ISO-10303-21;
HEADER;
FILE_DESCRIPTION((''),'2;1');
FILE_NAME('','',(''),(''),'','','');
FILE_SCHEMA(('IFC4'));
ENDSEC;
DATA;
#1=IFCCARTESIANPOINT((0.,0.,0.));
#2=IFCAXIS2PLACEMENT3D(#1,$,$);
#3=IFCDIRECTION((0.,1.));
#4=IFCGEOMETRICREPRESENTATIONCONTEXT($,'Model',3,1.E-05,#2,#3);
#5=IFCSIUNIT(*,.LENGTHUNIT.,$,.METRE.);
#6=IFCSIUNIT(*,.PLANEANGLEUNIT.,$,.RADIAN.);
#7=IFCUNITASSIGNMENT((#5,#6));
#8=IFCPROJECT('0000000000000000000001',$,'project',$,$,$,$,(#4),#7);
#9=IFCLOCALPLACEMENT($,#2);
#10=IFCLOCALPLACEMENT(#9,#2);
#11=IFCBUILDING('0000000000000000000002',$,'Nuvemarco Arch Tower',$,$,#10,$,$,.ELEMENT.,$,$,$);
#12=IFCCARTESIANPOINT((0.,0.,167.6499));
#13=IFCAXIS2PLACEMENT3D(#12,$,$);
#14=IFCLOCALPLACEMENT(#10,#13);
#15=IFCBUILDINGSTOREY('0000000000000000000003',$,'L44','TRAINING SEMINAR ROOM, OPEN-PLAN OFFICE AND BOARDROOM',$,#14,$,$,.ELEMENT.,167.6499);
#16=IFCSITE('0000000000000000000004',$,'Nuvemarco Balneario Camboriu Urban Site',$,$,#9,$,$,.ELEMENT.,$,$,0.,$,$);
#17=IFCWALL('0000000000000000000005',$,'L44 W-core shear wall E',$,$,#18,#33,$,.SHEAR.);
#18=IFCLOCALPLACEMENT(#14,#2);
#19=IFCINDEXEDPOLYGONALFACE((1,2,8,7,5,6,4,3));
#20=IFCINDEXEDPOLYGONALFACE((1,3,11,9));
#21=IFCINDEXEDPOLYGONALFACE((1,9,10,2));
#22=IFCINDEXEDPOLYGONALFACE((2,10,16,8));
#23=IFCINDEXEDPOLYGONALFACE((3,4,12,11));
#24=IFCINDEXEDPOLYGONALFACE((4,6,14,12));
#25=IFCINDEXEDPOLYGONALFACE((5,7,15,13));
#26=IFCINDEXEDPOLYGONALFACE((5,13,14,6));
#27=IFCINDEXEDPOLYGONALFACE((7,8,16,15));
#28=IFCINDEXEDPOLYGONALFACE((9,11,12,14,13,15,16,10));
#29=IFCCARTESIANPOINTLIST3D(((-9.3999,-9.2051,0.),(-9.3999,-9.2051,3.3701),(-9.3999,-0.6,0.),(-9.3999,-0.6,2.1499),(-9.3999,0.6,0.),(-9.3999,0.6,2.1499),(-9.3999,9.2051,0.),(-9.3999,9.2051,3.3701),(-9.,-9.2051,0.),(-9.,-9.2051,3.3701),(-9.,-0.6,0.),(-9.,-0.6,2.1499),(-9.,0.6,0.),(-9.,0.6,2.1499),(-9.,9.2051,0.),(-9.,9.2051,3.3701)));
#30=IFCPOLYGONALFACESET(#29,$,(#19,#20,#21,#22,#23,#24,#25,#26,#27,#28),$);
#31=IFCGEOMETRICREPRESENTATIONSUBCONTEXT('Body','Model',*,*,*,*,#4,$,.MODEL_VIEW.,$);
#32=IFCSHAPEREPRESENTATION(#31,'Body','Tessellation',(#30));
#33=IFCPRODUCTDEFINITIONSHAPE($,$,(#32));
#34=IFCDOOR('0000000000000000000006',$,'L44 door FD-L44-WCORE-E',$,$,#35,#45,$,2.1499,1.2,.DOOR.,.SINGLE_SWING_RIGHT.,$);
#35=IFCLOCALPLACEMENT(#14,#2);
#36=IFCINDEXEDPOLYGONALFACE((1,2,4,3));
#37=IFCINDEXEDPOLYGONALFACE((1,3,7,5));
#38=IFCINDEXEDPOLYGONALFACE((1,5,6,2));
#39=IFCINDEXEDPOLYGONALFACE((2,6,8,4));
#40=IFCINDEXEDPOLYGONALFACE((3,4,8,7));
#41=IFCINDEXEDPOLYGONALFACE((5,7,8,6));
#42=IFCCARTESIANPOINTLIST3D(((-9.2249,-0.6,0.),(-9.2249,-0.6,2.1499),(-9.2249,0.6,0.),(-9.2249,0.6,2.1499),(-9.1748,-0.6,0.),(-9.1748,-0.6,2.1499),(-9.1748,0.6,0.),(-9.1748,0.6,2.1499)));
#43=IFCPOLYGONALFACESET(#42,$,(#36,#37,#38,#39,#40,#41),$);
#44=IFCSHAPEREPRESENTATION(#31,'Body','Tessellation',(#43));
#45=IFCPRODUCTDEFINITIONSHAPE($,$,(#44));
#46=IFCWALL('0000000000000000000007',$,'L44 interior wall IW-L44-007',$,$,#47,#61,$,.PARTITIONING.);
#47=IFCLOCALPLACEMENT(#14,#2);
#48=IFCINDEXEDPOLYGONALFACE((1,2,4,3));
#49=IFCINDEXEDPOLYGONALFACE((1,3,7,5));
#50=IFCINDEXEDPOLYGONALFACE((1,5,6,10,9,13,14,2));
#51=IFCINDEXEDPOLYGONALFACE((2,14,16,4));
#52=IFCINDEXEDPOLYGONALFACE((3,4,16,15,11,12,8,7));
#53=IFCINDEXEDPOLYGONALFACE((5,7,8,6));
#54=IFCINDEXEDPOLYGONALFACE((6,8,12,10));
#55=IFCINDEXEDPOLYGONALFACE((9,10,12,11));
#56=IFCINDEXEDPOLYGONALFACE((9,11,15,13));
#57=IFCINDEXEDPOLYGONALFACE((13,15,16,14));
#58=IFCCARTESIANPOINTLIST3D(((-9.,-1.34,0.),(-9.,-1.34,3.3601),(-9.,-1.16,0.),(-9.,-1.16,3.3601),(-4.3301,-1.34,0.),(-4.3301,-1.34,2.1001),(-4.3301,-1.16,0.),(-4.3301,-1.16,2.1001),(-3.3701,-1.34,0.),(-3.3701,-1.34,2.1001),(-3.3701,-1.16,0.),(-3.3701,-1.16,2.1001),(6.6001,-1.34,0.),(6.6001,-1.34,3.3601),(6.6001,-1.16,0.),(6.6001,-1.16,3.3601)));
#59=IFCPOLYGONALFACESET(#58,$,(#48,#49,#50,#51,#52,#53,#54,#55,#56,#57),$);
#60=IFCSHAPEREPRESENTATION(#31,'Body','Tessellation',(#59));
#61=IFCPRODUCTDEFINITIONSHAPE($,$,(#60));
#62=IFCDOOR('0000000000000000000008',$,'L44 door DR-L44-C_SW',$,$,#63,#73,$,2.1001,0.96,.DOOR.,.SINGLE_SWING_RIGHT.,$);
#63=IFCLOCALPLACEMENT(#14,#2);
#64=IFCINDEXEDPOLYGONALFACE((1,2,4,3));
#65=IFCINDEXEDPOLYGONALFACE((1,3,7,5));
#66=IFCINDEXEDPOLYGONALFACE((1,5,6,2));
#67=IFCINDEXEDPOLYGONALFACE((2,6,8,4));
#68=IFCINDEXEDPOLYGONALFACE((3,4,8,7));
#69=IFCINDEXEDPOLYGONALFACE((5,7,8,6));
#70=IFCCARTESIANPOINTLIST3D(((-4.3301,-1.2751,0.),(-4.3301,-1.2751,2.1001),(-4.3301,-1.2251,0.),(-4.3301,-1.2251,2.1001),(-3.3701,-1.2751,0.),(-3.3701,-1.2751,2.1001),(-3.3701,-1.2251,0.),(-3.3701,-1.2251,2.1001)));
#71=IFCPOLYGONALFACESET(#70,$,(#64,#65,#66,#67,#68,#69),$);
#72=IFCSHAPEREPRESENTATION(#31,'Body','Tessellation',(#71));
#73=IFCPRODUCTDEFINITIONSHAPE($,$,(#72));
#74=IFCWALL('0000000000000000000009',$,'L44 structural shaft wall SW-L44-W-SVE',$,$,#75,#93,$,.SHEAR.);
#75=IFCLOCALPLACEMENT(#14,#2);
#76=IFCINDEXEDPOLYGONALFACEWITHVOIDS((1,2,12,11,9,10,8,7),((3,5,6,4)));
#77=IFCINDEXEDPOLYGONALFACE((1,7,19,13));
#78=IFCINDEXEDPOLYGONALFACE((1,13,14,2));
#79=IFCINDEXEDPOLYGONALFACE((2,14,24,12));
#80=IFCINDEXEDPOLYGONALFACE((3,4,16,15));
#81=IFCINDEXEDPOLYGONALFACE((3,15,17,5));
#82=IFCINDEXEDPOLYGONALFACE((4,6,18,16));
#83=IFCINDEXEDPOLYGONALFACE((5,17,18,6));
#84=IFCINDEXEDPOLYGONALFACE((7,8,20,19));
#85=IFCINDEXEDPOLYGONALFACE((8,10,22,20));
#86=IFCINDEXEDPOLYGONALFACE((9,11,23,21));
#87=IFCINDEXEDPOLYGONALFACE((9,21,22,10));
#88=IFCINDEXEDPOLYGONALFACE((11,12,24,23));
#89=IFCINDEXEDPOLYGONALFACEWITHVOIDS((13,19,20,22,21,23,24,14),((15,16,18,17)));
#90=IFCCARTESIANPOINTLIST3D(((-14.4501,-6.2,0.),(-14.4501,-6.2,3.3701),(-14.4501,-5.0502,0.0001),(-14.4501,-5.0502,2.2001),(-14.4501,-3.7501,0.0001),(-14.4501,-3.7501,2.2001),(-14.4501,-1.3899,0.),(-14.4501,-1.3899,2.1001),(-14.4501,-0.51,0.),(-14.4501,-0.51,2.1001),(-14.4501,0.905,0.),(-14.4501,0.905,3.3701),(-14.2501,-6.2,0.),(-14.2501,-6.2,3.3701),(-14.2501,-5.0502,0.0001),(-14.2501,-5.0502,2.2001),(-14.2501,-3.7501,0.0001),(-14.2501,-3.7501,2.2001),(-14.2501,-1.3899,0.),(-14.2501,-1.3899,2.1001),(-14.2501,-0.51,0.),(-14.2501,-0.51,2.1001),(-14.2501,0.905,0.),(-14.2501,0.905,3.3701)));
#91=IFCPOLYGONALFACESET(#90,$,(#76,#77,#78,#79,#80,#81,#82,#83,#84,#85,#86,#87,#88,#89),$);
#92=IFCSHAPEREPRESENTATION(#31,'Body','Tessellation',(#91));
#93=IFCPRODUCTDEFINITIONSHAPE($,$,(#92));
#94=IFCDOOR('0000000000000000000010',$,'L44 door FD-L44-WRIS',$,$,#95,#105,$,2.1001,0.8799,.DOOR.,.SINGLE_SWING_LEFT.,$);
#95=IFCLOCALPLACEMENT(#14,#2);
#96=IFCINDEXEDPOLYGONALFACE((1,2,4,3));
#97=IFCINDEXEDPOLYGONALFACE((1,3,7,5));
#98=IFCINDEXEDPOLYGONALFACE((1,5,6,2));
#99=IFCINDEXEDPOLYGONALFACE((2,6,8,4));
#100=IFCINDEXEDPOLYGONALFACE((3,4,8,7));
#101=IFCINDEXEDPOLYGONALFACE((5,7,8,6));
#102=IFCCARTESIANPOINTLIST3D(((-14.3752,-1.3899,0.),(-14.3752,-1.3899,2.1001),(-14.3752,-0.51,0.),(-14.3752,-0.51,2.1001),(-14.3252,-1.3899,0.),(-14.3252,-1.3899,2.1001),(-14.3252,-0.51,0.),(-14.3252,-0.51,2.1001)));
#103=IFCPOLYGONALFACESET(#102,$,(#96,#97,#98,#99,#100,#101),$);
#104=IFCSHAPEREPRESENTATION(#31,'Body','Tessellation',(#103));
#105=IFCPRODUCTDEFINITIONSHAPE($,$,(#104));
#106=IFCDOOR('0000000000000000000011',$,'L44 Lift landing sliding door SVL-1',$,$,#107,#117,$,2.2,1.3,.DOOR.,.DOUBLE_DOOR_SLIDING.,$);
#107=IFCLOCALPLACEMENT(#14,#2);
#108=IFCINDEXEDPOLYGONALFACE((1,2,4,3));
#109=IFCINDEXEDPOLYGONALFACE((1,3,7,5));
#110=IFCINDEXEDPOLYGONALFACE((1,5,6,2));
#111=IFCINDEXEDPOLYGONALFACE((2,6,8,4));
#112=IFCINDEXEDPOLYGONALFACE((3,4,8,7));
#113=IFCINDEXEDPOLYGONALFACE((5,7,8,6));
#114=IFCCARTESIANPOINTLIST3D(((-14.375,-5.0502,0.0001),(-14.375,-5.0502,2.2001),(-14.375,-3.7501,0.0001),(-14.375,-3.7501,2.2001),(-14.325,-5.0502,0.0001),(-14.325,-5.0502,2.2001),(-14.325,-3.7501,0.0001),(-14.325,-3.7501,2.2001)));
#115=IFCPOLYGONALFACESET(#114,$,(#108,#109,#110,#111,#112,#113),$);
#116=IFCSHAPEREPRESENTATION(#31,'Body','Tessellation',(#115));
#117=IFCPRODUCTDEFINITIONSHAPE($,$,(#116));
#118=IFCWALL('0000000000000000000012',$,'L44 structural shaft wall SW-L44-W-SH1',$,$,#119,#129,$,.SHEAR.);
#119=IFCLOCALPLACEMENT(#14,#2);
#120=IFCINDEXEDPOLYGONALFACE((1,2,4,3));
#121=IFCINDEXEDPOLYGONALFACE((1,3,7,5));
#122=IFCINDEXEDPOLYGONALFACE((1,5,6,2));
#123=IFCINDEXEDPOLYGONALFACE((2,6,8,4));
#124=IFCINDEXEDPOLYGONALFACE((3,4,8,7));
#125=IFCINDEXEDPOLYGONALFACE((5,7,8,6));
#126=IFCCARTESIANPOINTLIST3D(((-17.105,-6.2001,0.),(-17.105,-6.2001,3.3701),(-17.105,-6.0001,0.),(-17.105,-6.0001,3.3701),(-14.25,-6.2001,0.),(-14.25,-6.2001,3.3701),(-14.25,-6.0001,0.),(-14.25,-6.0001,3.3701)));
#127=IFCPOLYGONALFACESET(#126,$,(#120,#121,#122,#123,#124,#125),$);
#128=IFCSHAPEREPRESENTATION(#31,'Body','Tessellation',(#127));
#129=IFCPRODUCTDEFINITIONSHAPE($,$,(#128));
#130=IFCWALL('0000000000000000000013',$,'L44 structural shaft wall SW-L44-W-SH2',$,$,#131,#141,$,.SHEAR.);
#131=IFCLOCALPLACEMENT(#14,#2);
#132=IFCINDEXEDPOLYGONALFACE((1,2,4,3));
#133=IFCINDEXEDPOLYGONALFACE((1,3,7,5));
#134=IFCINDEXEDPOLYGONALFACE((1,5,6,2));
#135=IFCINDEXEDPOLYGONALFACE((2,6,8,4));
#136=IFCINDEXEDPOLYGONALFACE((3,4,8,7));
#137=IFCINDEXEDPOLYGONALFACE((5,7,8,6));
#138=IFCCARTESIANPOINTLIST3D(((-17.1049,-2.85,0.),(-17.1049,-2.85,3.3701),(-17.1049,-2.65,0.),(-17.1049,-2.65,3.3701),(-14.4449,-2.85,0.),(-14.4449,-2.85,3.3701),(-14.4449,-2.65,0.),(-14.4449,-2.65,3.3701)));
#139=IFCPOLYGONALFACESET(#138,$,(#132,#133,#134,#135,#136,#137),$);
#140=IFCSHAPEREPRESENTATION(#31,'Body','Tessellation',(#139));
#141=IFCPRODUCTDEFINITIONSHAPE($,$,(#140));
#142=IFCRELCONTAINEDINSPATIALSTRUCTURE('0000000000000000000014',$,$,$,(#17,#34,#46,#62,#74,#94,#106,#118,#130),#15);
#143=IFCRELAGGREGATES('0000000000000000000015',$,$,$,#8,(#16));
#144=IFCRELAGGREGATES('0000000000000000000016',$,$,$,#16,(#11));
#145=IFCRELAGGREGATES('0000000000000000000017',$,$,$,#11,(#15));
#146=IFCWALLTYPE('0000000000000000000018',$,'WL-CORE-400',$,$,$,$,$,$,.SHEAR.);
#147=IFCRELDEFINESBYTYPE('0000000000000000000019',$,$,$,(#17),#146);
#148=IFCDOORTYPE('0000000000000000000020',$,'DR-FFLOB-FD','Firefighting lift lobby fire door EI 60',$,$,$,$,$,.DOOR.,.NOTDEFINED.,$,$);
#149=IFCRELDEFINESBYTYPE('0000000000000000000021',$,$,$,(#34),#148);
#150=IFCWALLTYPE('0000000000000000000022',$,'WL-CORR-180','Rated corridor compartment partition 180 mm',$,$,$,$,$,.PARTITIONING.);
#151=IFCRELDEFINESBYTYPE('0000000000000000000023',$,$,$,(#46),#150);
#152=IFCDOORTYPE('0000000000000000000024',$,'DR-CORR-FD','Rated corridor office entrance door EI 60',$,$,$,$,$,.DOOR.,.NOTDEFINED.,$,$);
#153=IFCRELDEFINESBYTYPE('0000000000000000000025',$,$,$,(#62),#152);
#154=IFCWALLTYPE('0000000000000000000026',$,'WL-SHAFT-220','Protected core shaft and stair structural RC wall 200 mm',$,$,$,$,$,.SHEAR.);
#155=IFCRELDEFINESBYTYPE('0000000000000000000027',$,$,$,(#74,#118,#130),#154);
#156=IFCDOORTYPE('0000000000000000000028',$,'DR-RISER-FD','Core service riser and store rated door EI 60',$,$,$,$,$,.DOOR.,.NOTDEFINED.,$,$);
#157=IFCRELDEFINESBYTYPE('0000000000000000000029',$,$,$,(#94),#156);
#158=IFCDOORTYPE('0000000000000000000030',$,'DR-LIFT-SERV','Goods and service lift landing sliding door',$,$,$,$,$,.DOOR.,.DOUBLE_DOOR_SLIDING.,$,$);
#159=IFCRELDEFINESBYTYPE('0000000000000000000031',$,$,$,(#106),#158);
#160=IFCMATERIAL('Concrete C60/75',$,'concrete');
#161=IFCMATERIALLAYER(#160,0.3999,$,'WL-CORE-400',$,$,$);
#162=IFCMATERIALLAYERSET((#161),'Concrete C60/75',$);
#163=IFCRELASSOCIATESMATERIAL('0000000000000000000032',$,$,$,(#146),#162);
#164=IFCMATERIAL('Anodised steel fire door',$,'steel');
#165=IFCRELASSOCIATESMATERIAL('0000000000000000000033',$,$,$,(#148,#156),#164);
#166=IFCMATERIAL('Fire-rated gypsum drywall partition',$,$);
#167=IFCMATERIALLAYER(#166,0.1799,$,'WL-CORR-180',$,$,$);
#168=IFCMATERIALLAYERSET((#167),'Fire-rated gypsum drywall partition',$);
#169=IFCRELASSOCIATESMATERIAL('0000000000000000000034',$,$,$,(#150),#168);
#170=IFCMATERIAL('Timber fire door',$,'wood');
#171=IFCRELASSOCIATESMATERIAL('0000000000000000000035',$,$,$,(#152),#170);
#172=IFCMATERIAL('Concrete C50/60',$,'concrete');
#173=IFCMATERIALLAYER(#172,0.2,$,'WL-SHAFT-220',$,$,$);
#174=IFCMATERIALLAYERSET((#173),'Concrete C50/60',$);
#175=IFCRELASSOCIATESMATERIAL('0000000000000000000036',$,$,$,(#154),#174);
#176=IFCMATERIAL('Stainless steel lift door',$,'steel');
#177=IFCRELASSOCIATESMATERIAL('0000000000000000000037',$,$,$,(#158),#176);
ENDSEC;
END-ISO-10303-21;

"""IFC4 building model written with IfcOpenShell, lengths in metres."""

from ifc_helpers import new_model, si_unit, direction, frame, frame_2d, origin, place, context, subcontext, project, spatial, rectangle, extrude, source, transform, mapped, material, layer, layer_set, type_object, type_shapes, element, fill, save


model = new_model("IFC4")

# Units and contexts
model_context = context("Model", 3, precision=1e-05, world=origin(), true_north=direction((0.0, 1.0)))
body_context = subcontext(model_context, "Body", "Model", "MODEL_VIEW")
ifc_project = project(units=[si_unit("LENGTHUNIT", "METRE"), si_unit("PLANEANGLEUNIT", "RADIAN")], contexts=[model_context])

# Site, building, storey
site_placement = place(None, origin())
site = spatial("IfcSite", under=ifc_project, at=site_placement, Name="Nuvemarco Balneario Camboriu Urban Site", CompositionType="ELEMENT", RefElevation=0.0)
building_placement = place(site_placement, origin())
building = spatial("IfcBuilding", under=site, at=building_placement, Name="Nuvemarco Arch Tower", CompositionType="ELEMENT")
storey_placement = place(building_placement, frame((0.0, 0.0, 167.6499)))
storey = spatial("IfcBuildingStorey", under=building, at=storey_placement, Name="L44", Description="TRAINING SEMINAR ROOM, OPEN-PLAN OFFICE AND BOARDROOM", CompositionType="ELEMENT", Elevation=167.6499)

# Shared definitions
ifc_material_1 = material(Name="Concrete C50/60", Category="concrete")

# Shared definitions
ifc_material_2 = material(Name="Concrete C60/75", Category="concrete")

# Walls, openings, doors
ifc_layer_1 = layer(ifc_material_2, 0.3999, Name="WL-CORE-400")
ifc_layer_set_1 = layer_set([ifc_layer_1], Name="Concrete C60/75")
wall_type_1 = type_object("IfcWallType", Name="WL-CORE-400", PredefinedType="SHEAR", material=ifc_layer_set_1)
wall_1_placement = place(storey_placement, frame((-9.2, -9.2051, 0.0), z_axis=(0.0, 0.0, 1.0), x_axis=(0.0, 1.0, 0.0)))
wall_1 = element("IfcWall", 1, at=wall_1_placement, inside=storey, type_object=wall_type_1, Name="L44 W-core shear wall E", PredefinedType="SHEAR", context=body_context, shape_type="SweptSolid", body=[
    extrude(rectangle(XDim=18.4102, YDim=0.3999, at=frame_2d((9.2051, 0.0))), origin(), (0.0, 0.0, 1.0), 3.3701),
])
opening_1_placement = place(wall_1_placement, frame((8.605, 0.0, 0.0)))
opening_1 = element("IfcOpeningElement", 2, at=opening_1_placement, cuts=wall_1, PredefinedType="OPENING", context=body_context, shape_type="SweptSolid", body=[
    extrude(rectangle(XDim=1.2, YDim=2.1499, at=frame_2d((0.6001, 1.075))), frame((0.0, 0.21, 0.0), z_axis=(0.0, -1.0, 0.0), x_axis=(1.0, 0.0, 0.0)), (0.0, 0.0, 1.0), 0.4199),
])
ifc_material_3 = material(Name="Anodised steel fire door", Category="steel")
door_type_1 = type_object("IfcDoorType", Name="DR-FFLOB-FD", Description="Firefighting lift lobby fire door EI 60", OperationType="NOTDEFINED", PredefinedType="DOOR", material=ifc_material_3)
shared_shape_1 = source(origin(), body_context, "Body", "SweptSolid", [
    extrude(rectangle(XDim=1.2, YDim=2.1499, at=frame_2d((0.6001, 1.075))), frame((0.0, 0.0249, 0.0), z_axis=(0.0, -1.0, 0.0), x_axis=(1.0, 0.0, 0.0)), (0.0, 0.0, 1.0), 0.05),
])
type_shapes(door_type_1, [shared_shape_1])
door_1_placement = place(opening_1_placement, origin())
door_1 = element("IfcDoor", 3, at=door_1_placement, inside=storey, type_object=door_type_1, Name="L44 door FD-L44-WCORE-E", OperationType="SINGLE_SWING_RIGHT", OverallHeight=2.1499, OverallWidth=1.2, PredefinedType="DOOR", context=body_context, shape_type="MappedRepresentation", body=[
    mapped(shared_shape_1, transform((0.0, 0.0, 0.0), scale=1.0)),
])
fill(opening_1, door_1)
ifc_material_4 = material(Name="Fire-rated gypsum drywall partition")
ifc_layer_2 = layer(ifc_material_4, 0.1799, Name="WL-CORR-180")
ifc_layer_set_2 = layer_set([ifc_layer_2], Name="Fire-rated gypsum drywall partition")
wall_type_2 = type_object("IfcWallType", Name="WL-CORR-180", Description="Rated corridor compartment partition 180 mm", PredefinedType="PARTITIONING", material=ifc_layer_set_2)
wall_2_placement = place(storey_placement, frame((-9.0, -1.25, 0.0), z_axis=(0.0, 0.0, 1.0), x_axis=(1.0, 0.0, 0.0)))
wall_2 = element("IfcWall", 4, at=wall_2_placement, inside=storey, type_object=wall_type_2, Name="L44 interior wall IW-L44-007", PredefinedType="PARTITIONING", context=body_context, shape_type="SweptSolid", body=[
    extrude(rectangle(XDim=15.6001, YDim=0.1799, at=frame_2d((7.8, 0.0))), origin(), (0.0, 0.0, 1.0), 3.3601),
])
opening_2_placement = place(wall_2_placement, frame((4.6699, 0.0, 0.0)))
opening_2 = element("IfcOpeningElement", 5, at=opening_2_placement, cuts=wall_2, PredefinedType="OPENING", context=body_context, shape_type="SweptSolid", body=[
    extrude(rectangle(XDim=0.96, YDim=2.1001, at=frame_2d((0.48, 1.05))), frame((0.0, 0.0999, 0.0), z_axis=(0.0, -1.0, 0.0), x_axis=(1.0, 0.0, 0.0)), (0.0, 0.0, 1.0), 0.2),
])
ifc_material_5 = material(Name="Timber fire door", Category="wood")
door_type_2 = type_object("IfcDoorType", Name="DR-CORR-FD", Description="Rated corridor office entrance door EI 60", OperationType="NOTDEFINED", PredefinedType="DOOR", material=ifc_material_5)
shared_shape_2 = source(origin(), body_context, "Body", "SweptSolid", [
    extrude(rectangle(XDim=0.96, YDim=2.1001, at=frame_2d((0.48, 1.05))), frame((0.0, 0.0249, 0.0), z_axis=(0.0, -1.0, 0.0), x_axis=(1.0, 0.0, 0.0)), (0.0, 0.0, 1.0), 0.05),
])
type_shapes(door_type_2, [shared_shape_2])
door_2_placement = place(opening_2_placement, origin())
door_2 = element("IfcDoor", 6, at=door_2_placement, inside=storey, type_object=door_type_2, Name="L44 door DR-L44-C_SW", OperationType="SINGLE_SWING_RIGHT", OverallHeight=2.1001, OverallWidth=0.96, PredefinedType="DOOR", context=body_context, shape_type="MappedRepresentation", body=[
    mapped(shared_shape_2, transform((0.0, 0.0, 0.0), scale=1.0)),
])
fill(opening_2, door_2)
ifc_layer_3 = layer(ifc_material_1, 0.2, Name="WL-SHAFT-220")
ifc_layer_set_3 = layer_set([ifc_layer_3], Name="Concrete C50/60")
wall_type_3 = type_object("IfcWallType", Name="WL-SHAFT-220", Description="Protected core shaft and stair structural RC wall 200 mm", PredefinedType="SHEAR", material=ifc_layer_set_3)
ifc_material_6 = material(Name="Stainless steel lift door", Category="steel")

# Wall, openings, doors
wall_3_placement = place(storey_placement, frame((-14.3501, -6.2, 0.0), z_axis=(0.0, 0.0, 1.0), x_axis=(0.0, 1.0, 0.0)))
wall_3 = element("IfcWall", 7, at=wall_3_placement, inside=storey, type_object=wall_type_3, Name="L44 structural shaft wall SW-L44-W-SVE", PredefinedType="SHEAR", context=body_context, shape_type="SweptSolid", body=[
    extrude(rectangle(XDim=7.105, YDim=0.2, at=frame_2d((3.5525, 0.0))), origin(), (0.0, 0.0, 1.0), 3.3701),
])
opening_3_placement = place(wall_3_placement, frame((5.6899, 0.0, 0.0), z_axis=(0.0, 0.0, 1.0), x_axis=(-1.0, 0.0, 0.0)))
opening_3 = element("IfcOpeningElement", 8, at=opening_3_placement, cuts=wall_3, PredefinedType="OPENING", context=body_context, shape_type="SweptSolid", body=[
    extrude(rectangle(XDim=0.8799, YDim=2.1001, at=frame_2d((0.4399, 1.05))), frame((0.0, 0.1099, 0.0), z_axis=(0.0, -1.0, 0.0), x_axis=(1.0, 0.0, 0.0)), (0.0, 0.0, 1.0), 0.22),
])
opening_4_placement = place(wall_3_placement, frame((1.1499, 0.0, 0.0)))
opening_4 = element("IfcOpeningElement", 9, at=opening_4_placement, cuts=wall_3, PredefinedType="OPENING", context=body_context, shape_type="SweptSolid", body=[
    extrude(rectangle(XDim=1.3, YDim=2.2, at=frame_2d((0.6499, 1.1001))), frame((0.0, 0.1099, 0.0), z_axis=(0.0, -1.0, 0.0), x_axis=(1.0, 0.0, 0.0)), (0.0, 0.0, 1.0), 0.22),
])
door_type_3 = type_object("IfcDoorType", Name="DR-RISER-FD", Description="Core service riser and store rated door EI 60", OperationType="NOTDEFINED", PredefinedType="DOOR", material=ifc_material_3)
shared_shape_3 = source(origin(), body_context, "Body", "SweptSolid", [
    extrude(rectangle(XDim=0.8799, YDim=2.1001, at=frame_2d((0.4399, 1.05))), frame((0.0, 0.0249, 0.0), z_axis=(0.0, -1.0, 0.0), x_axis=(1.0, 0.0, 0.0)), (0.0, 0.0, 1.0), 0.05),
])
type_shapes(door_type_3, [shared_shape_3])
door_3_placement = place(opening_3_placement, origin())
door_3 = element("IfcDoor", 10, at=door_3_placement, inside=storey, type_object=door_type_3, Name="L44 door FD-L44-WRIS", OperationType="SINGLE_SWING_LEFT", OverallHeight=2.1001, OverallWidth=0.8799, PredefinedType="DOOR", context=body_context, shape_type="MappedRepresentation", body=[
    mapped(shared_shape_3, transform((0.0, 0.0, 0.0), scale=1.0)),
])
fill(opening_3, door_3)
door_type_4 = type_object("IfcDoorType", Name="DR-LIFT-SERV", Description="Goods and service lift landing sliding door", OperationType="DOUBLE_DOOR_SLIDING", PredefinedType="DOOR", material=ifc_material_6)
shared_shape_4 = source(origin(), body_context, "Body", "SweptSolid", [
    extrude(rectangle(XDim=1.3, YDim=2.2, at=frame_2d((0.6499, 1.1001))), frame((0.0, 0.0249, 0.0), z_axis=(0.0, -1.0, 0.0), x_axis=(1.0, 0.0, 0.0)), (0.0, 0.0, 1.0), 0.05),
])
type_shapes(door_type_4, [shared_shape_4])
door_4_placement = place(opening_4_placement, origin())
door_4 = element("IfcDoor", 11, at=door_4_placement, inside=storey, type_object=door_type_4, Name="L44 Lift landing sliding door SVL-1", OperationType="DOUBLE_DOOR_SLIDING", OverallHeight=2.2, OverallWidth=1.3, PredefinedType="DOOR", context=body_context, shape_type="MappedRepresentation", body=[
    mapped(shared_shape_4, transform((0.0, 0.0, 0.0), scale=1.0)),
])
fill(opening_4, door_4)

# Walls
wall_4_placement = place(storey_placement, frame((-17.105, -6.1001, 0.0), z_axis=(0.0, 0.0, 1.0), x_axis=(1.0, 0.0, 0.0)))
element("IfcWall", 12, at=wall_4_placement, inside=storey, type_object=wall_type_3, Name="L44 structural shaft wall SW-L44-W-SH1", PredefinedType="SHEAR", context=body_context, shape_type="SweptSolid", body=[
    extrude(rectangle(XDim=2.855, YDim=0.2, at=frame_2d((1.4275, 0.0))), origin(), (0.0, 0.0, 1.0), 3.3701),
])
wall_5_placement = place(storey_placement, frame((-17.105, -2.75, 0.0), z_axis=(0.0, 0.0, 1.0), x_axis=(1.0, 0.0, 0.0)))
element("IfcWall", 13, at=wall_5_placement, inside=storey, type_object=wall_type_3, Name="L44 structural shaft wall SW-L44-W-SH2", PredefinedType="SHEAR", context=body_context, shape_type="SweptSolid", body=[
    extrude(rectangle(XDim=2.6599, YDim=0.2, at=frame_2d((1.3301, 0.0))), origin(), (0.0, 0.0, 1.0), 3.3701),
])

save(model, "model.ifc")
